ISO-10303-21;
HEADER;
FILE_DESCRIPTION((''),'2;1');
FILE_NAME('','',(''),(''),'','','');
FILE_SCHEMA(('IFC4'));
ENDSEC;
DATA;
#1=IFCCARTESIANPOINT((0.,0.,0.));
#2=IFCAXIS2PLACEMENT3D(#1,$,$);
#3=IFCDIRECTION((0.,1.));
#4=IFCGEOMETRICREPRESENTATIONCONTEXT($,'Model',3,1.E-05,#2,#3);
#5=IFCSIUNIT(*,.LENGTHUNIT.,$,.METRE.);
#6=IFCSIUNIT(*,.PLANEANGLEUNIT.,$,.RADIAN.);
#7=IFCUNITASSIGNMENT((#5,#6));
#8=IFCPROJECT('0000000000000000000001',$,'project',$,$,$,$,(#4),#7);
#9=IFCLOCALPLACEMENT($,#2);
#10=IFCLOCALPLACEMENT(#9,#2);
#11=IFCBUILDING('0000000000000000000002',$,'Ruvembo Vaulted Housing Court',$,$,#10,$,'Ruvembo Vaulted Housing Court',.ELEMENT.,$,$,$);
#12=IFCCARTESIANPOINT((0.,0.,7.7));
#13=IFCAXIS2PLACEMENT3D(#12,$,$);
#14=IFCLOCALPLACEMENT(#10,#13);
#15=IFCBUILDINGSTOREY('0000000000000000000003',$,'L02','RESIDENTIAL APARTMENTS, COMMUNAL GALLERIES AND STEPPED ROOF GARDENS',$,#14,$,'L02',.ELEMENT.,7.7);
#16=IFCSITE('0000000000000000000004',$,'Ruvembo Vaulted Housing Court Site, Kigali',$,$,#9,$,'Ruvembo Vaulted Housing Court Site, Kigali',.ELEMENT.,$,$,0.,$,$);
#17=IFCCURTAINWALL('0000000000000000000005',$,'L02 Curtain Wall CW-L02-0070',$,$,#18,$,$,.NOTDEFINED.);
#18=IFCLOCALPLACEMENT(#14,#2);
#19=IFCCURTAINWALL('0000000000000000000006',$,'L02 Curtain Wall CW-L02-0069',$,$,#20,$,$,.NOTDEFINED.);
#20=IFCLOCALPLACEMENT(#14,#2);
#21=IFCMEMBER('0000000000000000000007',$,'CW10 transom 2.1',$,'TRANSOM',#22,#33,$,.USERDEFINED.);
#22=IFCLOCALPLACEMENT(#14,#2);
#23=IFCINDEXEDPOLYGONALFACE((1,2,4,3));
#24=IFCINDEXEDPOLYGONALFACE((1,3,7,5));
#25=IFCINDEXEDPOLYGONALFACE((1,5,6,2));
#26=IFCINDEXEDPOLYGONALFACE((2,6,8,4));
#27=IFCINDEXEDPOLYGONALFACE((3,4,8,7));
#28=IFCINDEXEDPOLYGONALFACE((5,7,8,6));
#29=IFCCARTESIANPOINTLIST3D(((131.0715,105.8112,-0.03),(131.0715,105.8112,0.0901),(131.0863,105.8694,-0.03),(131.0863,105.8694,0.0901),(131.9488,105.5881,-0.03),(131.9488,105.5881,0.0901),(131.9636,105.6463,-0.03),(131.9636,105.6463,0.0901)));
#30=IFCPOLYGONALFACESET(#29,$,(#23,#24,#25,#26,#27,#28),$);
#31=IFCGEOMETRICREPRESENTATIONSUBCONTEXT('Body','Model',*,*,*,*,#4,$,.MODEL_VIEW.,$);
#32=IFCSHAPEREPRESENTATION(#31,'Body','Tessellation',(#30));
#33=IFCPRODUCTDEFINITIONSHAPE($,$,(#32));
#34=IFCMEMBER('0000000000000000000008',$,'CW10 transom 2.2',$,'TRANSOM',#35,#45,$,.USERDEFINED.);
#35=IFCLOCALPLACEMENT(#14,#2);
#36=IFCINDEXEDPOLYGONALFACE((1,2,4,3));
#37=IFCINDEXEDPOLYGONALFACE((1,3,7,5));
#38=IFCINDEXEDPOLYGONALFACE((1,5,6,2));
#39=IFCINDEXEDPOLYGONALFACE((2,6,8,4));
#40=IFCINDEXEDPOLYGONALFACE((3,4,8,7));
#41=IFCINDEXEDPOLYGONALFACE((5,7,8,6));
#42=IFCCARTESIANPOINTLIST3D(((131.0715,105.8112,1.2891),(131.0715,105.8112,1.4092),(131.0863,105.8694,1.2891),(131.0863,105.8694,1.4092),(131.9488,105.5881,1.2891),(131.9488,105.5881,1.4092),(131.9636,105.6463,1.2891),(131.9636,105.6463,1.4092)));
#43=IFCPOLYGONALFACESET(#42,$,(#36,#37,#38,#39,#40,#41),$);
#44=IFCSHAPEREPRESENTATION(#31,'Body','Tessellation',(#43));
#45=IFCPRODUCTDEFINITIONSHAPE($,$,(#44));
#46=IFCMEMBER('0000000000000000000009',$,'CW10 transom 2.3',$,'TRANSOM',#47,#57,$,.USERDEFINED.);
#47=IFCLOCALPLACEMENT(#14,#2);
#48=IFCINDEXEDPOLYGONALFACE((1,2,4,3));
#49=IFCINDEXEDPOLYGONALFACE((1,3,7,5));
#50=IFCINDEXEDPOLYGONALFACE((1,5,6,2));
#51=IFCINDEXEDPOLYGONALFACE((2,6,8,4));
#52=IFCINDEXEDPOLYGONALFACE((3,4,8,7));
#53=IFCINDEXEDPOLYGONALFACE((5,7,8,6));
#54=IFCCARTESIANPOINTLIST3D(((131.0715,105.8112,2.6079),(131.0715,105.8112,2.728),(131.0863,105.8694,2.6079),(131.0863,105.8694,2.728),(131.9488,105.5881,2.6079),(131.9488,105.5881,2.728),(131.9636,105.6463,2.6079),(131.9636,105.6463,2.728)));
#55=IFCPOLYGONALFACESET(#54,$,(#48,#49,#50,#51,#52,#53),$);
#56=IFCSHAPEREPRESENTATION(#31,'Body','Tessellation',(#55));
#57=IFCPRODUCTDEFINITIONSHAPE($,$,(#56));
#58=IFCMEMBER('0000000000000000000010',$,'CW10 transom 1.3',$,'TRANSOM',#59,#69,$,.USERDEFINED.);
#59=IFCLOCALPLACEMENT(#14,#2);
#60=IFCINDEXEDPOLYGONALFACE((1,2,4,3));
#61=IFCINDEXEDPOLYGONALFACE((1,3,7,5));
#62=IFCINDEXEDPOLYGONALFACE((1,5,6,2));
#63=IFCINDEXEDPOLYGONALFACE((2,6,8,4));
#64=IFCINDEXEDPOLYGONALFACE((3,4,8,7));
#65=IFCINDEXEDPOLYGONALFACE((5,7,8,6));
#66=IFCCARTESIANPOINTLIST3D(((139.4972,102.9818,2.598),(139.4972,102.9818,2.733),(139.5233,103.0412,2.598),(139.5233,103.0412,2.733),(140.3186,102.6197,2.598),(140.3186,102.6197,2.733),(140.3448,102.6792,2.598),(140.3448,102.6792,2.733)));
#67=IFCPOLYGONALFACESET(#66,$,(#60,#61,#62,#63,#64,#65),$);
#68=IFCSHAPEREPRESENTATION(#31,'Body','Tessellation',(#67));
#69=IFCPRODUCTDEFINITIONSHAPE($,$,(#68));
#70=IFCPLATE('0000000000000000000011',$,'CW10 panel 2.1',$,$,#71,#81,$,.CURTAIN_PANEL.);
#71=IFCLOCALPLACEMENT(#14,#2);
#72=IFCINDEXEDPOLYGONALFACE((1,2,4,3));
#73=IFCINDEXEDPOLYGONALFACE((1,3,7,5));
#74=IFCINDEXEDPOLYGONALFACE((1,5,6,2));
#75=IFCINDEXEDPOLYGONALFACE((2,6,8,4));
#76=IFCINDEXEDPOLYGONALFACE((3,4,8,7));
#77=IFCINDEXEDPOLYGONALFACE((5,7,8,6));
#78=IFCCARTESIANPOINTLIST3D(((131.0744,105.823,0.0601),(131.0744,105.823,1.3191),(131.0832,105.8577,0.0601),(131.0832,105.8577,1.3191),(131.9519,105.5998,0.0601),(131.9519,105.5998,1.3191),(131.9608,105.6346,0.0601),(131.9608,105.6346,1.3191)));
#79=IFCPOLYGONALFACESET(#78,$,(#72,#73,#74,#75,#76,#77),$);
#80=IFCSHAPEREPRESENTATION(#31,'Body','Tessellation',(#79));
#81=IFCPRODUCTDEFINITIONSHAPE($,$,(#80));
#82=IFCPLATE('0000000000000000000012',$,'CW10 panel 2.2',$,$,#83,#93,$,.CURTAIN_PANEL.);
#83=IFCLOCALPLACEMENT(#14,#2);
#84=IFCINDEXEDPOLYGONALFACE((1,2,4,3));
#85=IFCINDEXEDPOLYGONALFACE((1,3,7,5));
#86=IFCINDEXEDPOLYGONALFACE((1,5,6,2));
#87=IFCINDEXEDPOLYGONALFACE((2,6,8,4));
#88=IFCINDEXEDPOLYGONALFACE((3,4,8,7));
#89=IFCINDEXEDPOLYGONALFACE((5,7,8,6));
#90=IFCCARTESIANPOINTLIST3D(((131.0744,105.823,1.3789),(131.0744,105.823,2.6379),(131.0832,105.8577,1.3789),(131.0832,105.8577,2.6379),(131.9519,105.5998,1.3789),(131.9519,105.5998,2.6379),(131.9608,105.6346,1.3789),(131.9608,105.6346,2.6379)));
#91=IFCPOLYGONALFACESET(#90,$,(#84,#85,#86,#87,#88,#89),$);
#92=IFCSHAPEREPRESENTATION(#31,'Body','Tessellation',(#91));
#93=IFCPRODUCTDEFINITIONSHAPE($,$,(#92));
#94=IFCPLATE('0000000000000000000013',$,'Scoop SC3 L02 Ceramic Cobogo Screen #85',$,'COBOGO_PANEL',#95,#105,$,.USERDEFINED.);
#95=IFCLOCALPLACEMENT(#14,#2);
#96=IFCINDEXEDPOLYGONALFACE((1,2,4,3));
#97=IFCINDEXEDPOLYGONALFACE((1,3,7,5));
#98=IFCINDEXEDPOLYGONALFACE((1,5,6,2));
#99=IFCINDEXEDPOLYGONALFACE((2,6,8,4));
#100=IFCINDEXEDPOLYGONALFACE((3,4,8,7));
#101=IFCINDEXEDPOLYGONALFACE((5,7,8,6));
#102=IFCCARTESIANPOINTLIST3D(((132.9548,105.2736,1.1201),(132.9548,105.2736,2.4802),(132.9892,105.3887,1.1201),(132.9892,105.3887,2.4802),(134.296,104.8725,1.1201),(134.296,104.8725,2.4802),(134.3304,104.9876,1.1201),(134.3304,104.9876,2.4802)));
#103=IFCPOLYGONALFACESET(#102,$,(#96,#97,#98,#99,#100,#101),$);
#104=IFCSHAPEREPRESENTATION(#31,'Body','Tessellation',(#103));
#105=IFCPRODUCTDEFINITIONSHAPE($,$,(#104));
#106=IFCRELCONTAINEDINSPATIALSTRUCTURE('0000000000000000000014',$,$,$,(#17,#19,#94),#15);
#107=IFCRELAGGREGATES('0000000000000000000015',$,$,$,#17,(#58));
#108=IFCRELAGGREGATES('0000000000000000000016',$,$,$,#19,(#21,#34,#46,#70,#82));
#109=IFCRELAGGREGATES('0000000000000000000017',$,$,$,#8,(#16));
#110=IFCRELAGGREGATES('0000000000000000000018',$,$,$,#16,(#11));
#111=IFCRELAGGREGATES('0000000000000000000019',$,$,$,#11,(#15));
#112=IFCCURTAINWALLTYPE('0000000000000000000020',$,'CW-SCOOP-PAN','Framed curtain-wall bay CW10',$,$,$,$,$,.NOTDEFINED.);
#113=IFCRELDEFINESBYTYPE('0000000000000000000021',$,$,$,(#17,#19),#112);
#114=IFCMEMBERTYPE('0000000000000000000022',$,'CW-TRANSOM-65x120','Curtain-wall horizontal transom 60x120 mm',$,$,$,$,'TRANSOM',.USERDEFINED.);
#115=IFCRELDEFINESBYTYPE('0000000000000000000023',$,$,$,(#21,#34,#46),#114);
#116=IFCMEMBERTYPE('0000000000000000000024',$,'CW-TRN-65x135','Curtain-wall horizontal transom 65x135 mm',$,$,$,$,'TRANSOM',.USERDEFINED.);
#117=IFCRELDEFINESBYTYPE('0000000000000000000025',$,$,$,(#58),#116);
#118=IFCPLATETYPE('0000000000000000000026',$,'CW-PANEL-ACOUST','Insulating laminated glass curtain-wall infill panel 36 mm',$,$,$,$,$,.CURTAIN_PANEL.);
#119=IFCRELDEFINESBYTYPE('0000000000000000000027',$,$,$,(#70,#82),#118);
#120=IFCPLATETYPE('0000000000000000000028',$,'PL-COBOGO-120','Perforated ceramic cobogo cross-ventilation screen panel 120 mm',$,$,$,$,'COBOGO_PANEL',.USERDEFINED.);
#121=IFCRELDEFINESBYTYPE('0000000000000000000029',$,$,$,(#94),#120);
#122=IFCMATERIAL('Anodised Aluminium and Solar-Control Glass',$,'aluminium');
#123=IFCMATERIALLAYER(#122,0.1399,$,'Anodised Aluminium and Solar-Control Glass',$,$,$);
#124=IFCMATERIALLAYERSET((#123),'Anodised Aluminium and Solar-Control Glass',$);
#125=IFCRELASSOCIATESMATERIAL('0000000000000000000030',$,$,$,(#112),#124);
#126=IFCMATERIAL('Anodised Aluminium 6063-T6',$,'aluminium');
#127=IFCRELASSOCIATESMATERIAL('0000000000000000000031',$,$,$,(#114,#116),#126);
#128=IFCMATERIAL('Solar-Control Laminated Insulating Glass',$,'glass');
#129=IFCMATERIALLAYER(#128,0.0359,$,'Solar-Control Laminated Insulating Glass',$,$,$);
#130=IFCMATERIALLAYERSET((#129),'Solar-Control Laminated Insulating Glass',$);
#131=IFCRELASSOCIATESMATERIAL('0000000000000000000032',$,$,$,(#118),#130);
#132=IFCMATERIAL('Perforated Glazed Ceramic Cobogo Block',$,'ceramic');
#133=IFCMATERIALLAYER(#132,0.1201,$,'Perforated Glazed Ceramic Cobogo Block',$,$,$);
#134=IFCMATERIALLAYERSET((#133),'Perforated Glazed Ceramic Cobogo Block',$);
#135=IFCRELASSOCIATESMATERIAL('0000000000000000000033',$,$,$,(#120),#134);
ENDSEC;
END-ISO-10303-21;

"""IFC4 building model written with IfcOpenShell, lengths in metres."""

from ifc_helpers import new_model, si_unit, direction, frame, origin, origin_2d, place, context, subcontext, project, spatial, rectangle, extrude, material, layer, layer_set, material_profile, profile_set, type_object, element, aggregate, save


model = new_model("IFC4")

# Units and contexts
model_context = context("Model", 3, precision=1e-05, world=origin(), true_north=direction((0.0, 1.0)))
body_context = subcontext(model_context, "Body", "Model", "MODEL_VIEW")
ifc_project = project(units=[si_unit("LENGTHUNIT", "METRE"), si_unit("PLANEANGLEUNIT", "RADIAN")], contexts=[model_context])

# Site, building, storey
site_placement = place(None, origin())
site = spatial("IfcSite", under=ifc_project, at=site_placement, Name="Ruvembo Vaulted Housing Court Site, Kigali", LongName="Ruvembo Vaulted Housing Court Site, Kigali", CompositionType="ELEMENT", RefElevation=0.0)
building_placement = place(site_placement, origin())
building = spatial("IfcBuilding", under=site, at=building_placement, Name="Ruvembo Vaulted Housing Court", LongName="Ruvembo Vaulted Housing Court", CompositionType="ELEMENT")
storey_placement = place(building_placement, frame((0.0, 0.0, 7.7)))
storey = spatial("IfcBuildingStorey", under=building, at=storey_placement, Name="L02", Description="RESIDENTIAL APARTMENTS, COMMUNAL GALLERIES AND STEPPED ROOF GARDENS", LongName="L02", CompositionType="ELEMENT", Elevation=7.7)

# Curtain wall
ifc_material_1 = material(Name="Anodised Aluminium and Solar-Control Glass", Category="aluminium")
ifc_layer_1 = layer(ifc_material_1, 0.1399, Name="Anodised Aluminium and Solar-Control Glass")
ifc_layer_set_1 = layer_set([ifc_layer_1], Name="Anodised Aluminium and Solar-Control Glass")
curtain_wall_type = type_object("IfcCurtainWallType", Name="CW-SCOOP-PAN", Description="Framed curtain-wall bay CW10", PredefinedType="NOTDEFINED", material=ifc_layer_set_1)
curtain_wall_1_placement = place(storey_placement, origin())
curtain_wall_1 = element("IfcCurtainWall", 1, at=curtain_wall_1_placement, inside=storey, type_object=curtain_wall_type, Name="L02 Curtain Wall CW-L02-0070", PredefinedType="NOTDEFINED")
ifc_material_2 = material(Name="Anodised Aluminium 6063-T6", Category="aluminium")

# Curtain wall, members
curtain_wall_2_placement = place(storey_placement, origin())
curtain_wall_2 = element("IfcCurtainWall", 2, at=curtain_wall_2_placement, inside=storey, type_object=curtain_wall_type, Name="L02 Curtain Wall CW-L02-0069", PredefinedType="NOTDEFINED")
ifc_material_profile_1 = material_profile(ifc_material_2, rectangle(XDim=0.0601, YDim=0.1201, at=origin_2d()), Name="ALU 60x120")
ifc_profile_set_1 = profile_set([ifc_material_profile_1], Name="Anodised Aluminium 6063-T6")
member_type_1 = type_object("IfcMemberType", Name="CW-TRANSOM-65x120", Description="Curtain-wall horizontal transom 60x120 mm", ElementType="TRANSOM", PredefinedType="USERDEFINED", material=ifc_profile_set_1)
member_1_placement = place(storey_placement, frame((131.0789, 105.8403, 0.03), z_axis=(0.969151, -0.246467, 0.0), x_axis=(0.246467, 0.969151, 0.0)))
member_1 = element("IfcMember", 3, at=member_1_placement, type_object=member_type_1, Name="CW10 transom 2.1", ObjectType="TRANSOM", PredefinedType="USERDEFINED", context=body_context, shape_type="SweptSolid", body=[
    extrude(rectangle(XDim=0.0601, YDim=0.1201, at=origin_2d()), origin(), (0.0, 0.0, 1.0), 0.9053),
])
member_2_placement = place(storey_placement, frame((131.0789, 105.8403, 1.3491), z_axis=(0.969151, -0.246467, 0.0), x_axis=(0.246467, 0.969151, 0.0)))
member_2 = element("IfcMember", 4, at=member_2_placement, type_object=member_type_1, Name="CW10 transom 2.2", ObjectType="TRANSOM", PredefinedType="USERDEFINED", context=body_context, shape_type="SweptSolid", body=[
    extrude(rectangle(XDim=0.0601, YDim=0.1201, at=origin_2d()), origin(), (0.0, 0.0, 1.0), 0.9053),
])
member_3_placement = place(storey_placement, frame((131.0789, 105.8403, 2.668), z_axis=(0.969151, -0.246467, 0.0), x_axis=(0.246467, 0.969151, 0.0)))
member_3 = element("IfcMember", 5, at=member_3_placement, type_object=member_type_1, Name="CW10 transom 2.3", ObjectType="TRANSOM", PredefinedType="USERDEFINED", context=body_context, shape_type="SweptSolid", body=[
    extrude(rectangle(XDim=0.0601, YDim=0.1201, at=origin_2d()), origin(), (0.0, 0.0, 1.0), 0.9053),
])

# Member
ifc_material_profile_2 = material_profile(ifc_material_2, rectangle(XDim=0.0649, YDim=0.135, at=origin_2d()), Name="ALU 65x135")
ifc_profile_set_2 = profile_set([ifc_material_profile_2], Name="Anodised Aluminium 6063-T6")
member_type_2 = type_object("IfcMemberType", Name="CW-TRN-65x135", Description="Curtain-wall horizontal transom 65x135 mm", ElementType="TRANSOM", PredefinedType="USERDEFINED", material=ifc_profile_set_2)
member_4_placement = place(storey_placement, frame((139.5103, 103.0115, 2.6655), z_axis=(0.915074, -0.403285, 0.0), x_axis=(0.403285, 0.915074, 0.0)))
member_4 = element("IfcMember", 6, at=member_4_placement, type_object=member_type_2, Name="CW10 transom 1.3", ObjectType="TRANSOM", PredefinedType="USERDEFINED", context=body_context, shape_type="SweptSolid", body=[
    extrude(rectangle(XDim=0.0649, YDim=0.135, at=origin_2d()), origin(), (0.0, 0.0, 1.0), 0.8977),
])
aggregate(curtain_wall_1, [member_4])

# Plates
ifc_material_3 = material(Name="Solar-Control Laminated Insulating Glass", Category="glass")
ifc_layer_2 = layer(ifc_material_3, 0.0359, Name="Solar-Control Laminated Insulating Glass")
ifc_layer_set_2 = layer_set([ifc_layer_2], Name="Solar-Control Laminated Insulating Glass")
plate_type_1 = type_object("IfcPlateType", Name="CW-PANEL-ACOUST", Description="Insulating laminated glass curtain-wall infill panel 36 mm", PredefinedType="CURTAIN_PANEL", material=ifc_layer_set_2)
plate_1_placement = place(storey_placement, frame((131.5176, 105.7288, 0.0601), z_axis=(0.0, 0.0, 1.0), x_axis=(0.969148, -0.246481, 0.0)))
plate_1 = element("IfcPlate", 7, at=plate_1_placement, type_object=plate_type_1, Name="CW10 panel 2.1", PredefinedType="CURTAIN_PANEL", context=body_context, shape_type="SweptSolid", body=[
    extrude(rectangle(XDim=0.9055, YDim=0.0359, at=origin_2d()), origin(), (0.0, 0.0, 1.0), 1.259),
])
plate_2_placement = place(storey_placement, frame((131.5176, 105.7288, 1.3789), z_axis=(0.0, 0.0, 1.0), x_axis=(0.969148, -0.246481, 0.0)))
plate_2 = element("IfcPlate", 8, at=plate_2_placement, type_object=plate_type_1, Name="CW10 panel 2.2", PredefinedType="CURTAIN_PANEL", context=body_context, shape_type="SweptSolid", body=[
    extrude(rectangle(XDim=0.9055, YDim=0.0359, at=origin_2d()), origin(), (0.0, 0.0, 1.0), 1.259),
])
aggregate(curtain_wall_2, [member_1, member_2, member_3, plate_1, plate_2])
ifc_material_4 = material(Name="Perforated Glazed Ceramic Cobogo Block", Category="ceramic")
ifc_layer_3 = layer(ifc_material_4, 0.1201, Name="Perforated Glazed Ceramic Cobogo Block")
ifc_layer_set_3 = layer_set([ifc_layer_3], Name="Perforated Glazed Ceramic Cobogo Block")
plate_type_2 = type_object("IfcPlateType", Name="PL-COBOGO-120", Description="Perforated ceramic cobogo cross-ventilation screen panel 120 mm", ElementType="COBOGO_PANEL", PredefinedType="USERDEFINED", material=ifc_layer_set_3)
plate_3_placement = place(storey_placement, frame((133.6426, 105.1306, 1.1201), z_axis=(0.0, 0.0, 1.0), x_axis=(0.958078, -0.286508, 0.0)))
element("IfcPlate", 9, at=plate_3_placement, inside=storey, type_object=plate_type_2, Name="Scoop SC3 L02 Ceramic Cobogo Screen #85", ObjectType="COBOGO_PANEL", PredefinedType="USERDEFINED", context=body_context, shape_type="SweptSolid", body=[
    extrude(rectangle(XDim=1.3999, YDim=0.1201, at=origin_2d()), origin(), (0.0, 0.0, 1.0), 1.3601),
])

save(model, "model.ifc")
